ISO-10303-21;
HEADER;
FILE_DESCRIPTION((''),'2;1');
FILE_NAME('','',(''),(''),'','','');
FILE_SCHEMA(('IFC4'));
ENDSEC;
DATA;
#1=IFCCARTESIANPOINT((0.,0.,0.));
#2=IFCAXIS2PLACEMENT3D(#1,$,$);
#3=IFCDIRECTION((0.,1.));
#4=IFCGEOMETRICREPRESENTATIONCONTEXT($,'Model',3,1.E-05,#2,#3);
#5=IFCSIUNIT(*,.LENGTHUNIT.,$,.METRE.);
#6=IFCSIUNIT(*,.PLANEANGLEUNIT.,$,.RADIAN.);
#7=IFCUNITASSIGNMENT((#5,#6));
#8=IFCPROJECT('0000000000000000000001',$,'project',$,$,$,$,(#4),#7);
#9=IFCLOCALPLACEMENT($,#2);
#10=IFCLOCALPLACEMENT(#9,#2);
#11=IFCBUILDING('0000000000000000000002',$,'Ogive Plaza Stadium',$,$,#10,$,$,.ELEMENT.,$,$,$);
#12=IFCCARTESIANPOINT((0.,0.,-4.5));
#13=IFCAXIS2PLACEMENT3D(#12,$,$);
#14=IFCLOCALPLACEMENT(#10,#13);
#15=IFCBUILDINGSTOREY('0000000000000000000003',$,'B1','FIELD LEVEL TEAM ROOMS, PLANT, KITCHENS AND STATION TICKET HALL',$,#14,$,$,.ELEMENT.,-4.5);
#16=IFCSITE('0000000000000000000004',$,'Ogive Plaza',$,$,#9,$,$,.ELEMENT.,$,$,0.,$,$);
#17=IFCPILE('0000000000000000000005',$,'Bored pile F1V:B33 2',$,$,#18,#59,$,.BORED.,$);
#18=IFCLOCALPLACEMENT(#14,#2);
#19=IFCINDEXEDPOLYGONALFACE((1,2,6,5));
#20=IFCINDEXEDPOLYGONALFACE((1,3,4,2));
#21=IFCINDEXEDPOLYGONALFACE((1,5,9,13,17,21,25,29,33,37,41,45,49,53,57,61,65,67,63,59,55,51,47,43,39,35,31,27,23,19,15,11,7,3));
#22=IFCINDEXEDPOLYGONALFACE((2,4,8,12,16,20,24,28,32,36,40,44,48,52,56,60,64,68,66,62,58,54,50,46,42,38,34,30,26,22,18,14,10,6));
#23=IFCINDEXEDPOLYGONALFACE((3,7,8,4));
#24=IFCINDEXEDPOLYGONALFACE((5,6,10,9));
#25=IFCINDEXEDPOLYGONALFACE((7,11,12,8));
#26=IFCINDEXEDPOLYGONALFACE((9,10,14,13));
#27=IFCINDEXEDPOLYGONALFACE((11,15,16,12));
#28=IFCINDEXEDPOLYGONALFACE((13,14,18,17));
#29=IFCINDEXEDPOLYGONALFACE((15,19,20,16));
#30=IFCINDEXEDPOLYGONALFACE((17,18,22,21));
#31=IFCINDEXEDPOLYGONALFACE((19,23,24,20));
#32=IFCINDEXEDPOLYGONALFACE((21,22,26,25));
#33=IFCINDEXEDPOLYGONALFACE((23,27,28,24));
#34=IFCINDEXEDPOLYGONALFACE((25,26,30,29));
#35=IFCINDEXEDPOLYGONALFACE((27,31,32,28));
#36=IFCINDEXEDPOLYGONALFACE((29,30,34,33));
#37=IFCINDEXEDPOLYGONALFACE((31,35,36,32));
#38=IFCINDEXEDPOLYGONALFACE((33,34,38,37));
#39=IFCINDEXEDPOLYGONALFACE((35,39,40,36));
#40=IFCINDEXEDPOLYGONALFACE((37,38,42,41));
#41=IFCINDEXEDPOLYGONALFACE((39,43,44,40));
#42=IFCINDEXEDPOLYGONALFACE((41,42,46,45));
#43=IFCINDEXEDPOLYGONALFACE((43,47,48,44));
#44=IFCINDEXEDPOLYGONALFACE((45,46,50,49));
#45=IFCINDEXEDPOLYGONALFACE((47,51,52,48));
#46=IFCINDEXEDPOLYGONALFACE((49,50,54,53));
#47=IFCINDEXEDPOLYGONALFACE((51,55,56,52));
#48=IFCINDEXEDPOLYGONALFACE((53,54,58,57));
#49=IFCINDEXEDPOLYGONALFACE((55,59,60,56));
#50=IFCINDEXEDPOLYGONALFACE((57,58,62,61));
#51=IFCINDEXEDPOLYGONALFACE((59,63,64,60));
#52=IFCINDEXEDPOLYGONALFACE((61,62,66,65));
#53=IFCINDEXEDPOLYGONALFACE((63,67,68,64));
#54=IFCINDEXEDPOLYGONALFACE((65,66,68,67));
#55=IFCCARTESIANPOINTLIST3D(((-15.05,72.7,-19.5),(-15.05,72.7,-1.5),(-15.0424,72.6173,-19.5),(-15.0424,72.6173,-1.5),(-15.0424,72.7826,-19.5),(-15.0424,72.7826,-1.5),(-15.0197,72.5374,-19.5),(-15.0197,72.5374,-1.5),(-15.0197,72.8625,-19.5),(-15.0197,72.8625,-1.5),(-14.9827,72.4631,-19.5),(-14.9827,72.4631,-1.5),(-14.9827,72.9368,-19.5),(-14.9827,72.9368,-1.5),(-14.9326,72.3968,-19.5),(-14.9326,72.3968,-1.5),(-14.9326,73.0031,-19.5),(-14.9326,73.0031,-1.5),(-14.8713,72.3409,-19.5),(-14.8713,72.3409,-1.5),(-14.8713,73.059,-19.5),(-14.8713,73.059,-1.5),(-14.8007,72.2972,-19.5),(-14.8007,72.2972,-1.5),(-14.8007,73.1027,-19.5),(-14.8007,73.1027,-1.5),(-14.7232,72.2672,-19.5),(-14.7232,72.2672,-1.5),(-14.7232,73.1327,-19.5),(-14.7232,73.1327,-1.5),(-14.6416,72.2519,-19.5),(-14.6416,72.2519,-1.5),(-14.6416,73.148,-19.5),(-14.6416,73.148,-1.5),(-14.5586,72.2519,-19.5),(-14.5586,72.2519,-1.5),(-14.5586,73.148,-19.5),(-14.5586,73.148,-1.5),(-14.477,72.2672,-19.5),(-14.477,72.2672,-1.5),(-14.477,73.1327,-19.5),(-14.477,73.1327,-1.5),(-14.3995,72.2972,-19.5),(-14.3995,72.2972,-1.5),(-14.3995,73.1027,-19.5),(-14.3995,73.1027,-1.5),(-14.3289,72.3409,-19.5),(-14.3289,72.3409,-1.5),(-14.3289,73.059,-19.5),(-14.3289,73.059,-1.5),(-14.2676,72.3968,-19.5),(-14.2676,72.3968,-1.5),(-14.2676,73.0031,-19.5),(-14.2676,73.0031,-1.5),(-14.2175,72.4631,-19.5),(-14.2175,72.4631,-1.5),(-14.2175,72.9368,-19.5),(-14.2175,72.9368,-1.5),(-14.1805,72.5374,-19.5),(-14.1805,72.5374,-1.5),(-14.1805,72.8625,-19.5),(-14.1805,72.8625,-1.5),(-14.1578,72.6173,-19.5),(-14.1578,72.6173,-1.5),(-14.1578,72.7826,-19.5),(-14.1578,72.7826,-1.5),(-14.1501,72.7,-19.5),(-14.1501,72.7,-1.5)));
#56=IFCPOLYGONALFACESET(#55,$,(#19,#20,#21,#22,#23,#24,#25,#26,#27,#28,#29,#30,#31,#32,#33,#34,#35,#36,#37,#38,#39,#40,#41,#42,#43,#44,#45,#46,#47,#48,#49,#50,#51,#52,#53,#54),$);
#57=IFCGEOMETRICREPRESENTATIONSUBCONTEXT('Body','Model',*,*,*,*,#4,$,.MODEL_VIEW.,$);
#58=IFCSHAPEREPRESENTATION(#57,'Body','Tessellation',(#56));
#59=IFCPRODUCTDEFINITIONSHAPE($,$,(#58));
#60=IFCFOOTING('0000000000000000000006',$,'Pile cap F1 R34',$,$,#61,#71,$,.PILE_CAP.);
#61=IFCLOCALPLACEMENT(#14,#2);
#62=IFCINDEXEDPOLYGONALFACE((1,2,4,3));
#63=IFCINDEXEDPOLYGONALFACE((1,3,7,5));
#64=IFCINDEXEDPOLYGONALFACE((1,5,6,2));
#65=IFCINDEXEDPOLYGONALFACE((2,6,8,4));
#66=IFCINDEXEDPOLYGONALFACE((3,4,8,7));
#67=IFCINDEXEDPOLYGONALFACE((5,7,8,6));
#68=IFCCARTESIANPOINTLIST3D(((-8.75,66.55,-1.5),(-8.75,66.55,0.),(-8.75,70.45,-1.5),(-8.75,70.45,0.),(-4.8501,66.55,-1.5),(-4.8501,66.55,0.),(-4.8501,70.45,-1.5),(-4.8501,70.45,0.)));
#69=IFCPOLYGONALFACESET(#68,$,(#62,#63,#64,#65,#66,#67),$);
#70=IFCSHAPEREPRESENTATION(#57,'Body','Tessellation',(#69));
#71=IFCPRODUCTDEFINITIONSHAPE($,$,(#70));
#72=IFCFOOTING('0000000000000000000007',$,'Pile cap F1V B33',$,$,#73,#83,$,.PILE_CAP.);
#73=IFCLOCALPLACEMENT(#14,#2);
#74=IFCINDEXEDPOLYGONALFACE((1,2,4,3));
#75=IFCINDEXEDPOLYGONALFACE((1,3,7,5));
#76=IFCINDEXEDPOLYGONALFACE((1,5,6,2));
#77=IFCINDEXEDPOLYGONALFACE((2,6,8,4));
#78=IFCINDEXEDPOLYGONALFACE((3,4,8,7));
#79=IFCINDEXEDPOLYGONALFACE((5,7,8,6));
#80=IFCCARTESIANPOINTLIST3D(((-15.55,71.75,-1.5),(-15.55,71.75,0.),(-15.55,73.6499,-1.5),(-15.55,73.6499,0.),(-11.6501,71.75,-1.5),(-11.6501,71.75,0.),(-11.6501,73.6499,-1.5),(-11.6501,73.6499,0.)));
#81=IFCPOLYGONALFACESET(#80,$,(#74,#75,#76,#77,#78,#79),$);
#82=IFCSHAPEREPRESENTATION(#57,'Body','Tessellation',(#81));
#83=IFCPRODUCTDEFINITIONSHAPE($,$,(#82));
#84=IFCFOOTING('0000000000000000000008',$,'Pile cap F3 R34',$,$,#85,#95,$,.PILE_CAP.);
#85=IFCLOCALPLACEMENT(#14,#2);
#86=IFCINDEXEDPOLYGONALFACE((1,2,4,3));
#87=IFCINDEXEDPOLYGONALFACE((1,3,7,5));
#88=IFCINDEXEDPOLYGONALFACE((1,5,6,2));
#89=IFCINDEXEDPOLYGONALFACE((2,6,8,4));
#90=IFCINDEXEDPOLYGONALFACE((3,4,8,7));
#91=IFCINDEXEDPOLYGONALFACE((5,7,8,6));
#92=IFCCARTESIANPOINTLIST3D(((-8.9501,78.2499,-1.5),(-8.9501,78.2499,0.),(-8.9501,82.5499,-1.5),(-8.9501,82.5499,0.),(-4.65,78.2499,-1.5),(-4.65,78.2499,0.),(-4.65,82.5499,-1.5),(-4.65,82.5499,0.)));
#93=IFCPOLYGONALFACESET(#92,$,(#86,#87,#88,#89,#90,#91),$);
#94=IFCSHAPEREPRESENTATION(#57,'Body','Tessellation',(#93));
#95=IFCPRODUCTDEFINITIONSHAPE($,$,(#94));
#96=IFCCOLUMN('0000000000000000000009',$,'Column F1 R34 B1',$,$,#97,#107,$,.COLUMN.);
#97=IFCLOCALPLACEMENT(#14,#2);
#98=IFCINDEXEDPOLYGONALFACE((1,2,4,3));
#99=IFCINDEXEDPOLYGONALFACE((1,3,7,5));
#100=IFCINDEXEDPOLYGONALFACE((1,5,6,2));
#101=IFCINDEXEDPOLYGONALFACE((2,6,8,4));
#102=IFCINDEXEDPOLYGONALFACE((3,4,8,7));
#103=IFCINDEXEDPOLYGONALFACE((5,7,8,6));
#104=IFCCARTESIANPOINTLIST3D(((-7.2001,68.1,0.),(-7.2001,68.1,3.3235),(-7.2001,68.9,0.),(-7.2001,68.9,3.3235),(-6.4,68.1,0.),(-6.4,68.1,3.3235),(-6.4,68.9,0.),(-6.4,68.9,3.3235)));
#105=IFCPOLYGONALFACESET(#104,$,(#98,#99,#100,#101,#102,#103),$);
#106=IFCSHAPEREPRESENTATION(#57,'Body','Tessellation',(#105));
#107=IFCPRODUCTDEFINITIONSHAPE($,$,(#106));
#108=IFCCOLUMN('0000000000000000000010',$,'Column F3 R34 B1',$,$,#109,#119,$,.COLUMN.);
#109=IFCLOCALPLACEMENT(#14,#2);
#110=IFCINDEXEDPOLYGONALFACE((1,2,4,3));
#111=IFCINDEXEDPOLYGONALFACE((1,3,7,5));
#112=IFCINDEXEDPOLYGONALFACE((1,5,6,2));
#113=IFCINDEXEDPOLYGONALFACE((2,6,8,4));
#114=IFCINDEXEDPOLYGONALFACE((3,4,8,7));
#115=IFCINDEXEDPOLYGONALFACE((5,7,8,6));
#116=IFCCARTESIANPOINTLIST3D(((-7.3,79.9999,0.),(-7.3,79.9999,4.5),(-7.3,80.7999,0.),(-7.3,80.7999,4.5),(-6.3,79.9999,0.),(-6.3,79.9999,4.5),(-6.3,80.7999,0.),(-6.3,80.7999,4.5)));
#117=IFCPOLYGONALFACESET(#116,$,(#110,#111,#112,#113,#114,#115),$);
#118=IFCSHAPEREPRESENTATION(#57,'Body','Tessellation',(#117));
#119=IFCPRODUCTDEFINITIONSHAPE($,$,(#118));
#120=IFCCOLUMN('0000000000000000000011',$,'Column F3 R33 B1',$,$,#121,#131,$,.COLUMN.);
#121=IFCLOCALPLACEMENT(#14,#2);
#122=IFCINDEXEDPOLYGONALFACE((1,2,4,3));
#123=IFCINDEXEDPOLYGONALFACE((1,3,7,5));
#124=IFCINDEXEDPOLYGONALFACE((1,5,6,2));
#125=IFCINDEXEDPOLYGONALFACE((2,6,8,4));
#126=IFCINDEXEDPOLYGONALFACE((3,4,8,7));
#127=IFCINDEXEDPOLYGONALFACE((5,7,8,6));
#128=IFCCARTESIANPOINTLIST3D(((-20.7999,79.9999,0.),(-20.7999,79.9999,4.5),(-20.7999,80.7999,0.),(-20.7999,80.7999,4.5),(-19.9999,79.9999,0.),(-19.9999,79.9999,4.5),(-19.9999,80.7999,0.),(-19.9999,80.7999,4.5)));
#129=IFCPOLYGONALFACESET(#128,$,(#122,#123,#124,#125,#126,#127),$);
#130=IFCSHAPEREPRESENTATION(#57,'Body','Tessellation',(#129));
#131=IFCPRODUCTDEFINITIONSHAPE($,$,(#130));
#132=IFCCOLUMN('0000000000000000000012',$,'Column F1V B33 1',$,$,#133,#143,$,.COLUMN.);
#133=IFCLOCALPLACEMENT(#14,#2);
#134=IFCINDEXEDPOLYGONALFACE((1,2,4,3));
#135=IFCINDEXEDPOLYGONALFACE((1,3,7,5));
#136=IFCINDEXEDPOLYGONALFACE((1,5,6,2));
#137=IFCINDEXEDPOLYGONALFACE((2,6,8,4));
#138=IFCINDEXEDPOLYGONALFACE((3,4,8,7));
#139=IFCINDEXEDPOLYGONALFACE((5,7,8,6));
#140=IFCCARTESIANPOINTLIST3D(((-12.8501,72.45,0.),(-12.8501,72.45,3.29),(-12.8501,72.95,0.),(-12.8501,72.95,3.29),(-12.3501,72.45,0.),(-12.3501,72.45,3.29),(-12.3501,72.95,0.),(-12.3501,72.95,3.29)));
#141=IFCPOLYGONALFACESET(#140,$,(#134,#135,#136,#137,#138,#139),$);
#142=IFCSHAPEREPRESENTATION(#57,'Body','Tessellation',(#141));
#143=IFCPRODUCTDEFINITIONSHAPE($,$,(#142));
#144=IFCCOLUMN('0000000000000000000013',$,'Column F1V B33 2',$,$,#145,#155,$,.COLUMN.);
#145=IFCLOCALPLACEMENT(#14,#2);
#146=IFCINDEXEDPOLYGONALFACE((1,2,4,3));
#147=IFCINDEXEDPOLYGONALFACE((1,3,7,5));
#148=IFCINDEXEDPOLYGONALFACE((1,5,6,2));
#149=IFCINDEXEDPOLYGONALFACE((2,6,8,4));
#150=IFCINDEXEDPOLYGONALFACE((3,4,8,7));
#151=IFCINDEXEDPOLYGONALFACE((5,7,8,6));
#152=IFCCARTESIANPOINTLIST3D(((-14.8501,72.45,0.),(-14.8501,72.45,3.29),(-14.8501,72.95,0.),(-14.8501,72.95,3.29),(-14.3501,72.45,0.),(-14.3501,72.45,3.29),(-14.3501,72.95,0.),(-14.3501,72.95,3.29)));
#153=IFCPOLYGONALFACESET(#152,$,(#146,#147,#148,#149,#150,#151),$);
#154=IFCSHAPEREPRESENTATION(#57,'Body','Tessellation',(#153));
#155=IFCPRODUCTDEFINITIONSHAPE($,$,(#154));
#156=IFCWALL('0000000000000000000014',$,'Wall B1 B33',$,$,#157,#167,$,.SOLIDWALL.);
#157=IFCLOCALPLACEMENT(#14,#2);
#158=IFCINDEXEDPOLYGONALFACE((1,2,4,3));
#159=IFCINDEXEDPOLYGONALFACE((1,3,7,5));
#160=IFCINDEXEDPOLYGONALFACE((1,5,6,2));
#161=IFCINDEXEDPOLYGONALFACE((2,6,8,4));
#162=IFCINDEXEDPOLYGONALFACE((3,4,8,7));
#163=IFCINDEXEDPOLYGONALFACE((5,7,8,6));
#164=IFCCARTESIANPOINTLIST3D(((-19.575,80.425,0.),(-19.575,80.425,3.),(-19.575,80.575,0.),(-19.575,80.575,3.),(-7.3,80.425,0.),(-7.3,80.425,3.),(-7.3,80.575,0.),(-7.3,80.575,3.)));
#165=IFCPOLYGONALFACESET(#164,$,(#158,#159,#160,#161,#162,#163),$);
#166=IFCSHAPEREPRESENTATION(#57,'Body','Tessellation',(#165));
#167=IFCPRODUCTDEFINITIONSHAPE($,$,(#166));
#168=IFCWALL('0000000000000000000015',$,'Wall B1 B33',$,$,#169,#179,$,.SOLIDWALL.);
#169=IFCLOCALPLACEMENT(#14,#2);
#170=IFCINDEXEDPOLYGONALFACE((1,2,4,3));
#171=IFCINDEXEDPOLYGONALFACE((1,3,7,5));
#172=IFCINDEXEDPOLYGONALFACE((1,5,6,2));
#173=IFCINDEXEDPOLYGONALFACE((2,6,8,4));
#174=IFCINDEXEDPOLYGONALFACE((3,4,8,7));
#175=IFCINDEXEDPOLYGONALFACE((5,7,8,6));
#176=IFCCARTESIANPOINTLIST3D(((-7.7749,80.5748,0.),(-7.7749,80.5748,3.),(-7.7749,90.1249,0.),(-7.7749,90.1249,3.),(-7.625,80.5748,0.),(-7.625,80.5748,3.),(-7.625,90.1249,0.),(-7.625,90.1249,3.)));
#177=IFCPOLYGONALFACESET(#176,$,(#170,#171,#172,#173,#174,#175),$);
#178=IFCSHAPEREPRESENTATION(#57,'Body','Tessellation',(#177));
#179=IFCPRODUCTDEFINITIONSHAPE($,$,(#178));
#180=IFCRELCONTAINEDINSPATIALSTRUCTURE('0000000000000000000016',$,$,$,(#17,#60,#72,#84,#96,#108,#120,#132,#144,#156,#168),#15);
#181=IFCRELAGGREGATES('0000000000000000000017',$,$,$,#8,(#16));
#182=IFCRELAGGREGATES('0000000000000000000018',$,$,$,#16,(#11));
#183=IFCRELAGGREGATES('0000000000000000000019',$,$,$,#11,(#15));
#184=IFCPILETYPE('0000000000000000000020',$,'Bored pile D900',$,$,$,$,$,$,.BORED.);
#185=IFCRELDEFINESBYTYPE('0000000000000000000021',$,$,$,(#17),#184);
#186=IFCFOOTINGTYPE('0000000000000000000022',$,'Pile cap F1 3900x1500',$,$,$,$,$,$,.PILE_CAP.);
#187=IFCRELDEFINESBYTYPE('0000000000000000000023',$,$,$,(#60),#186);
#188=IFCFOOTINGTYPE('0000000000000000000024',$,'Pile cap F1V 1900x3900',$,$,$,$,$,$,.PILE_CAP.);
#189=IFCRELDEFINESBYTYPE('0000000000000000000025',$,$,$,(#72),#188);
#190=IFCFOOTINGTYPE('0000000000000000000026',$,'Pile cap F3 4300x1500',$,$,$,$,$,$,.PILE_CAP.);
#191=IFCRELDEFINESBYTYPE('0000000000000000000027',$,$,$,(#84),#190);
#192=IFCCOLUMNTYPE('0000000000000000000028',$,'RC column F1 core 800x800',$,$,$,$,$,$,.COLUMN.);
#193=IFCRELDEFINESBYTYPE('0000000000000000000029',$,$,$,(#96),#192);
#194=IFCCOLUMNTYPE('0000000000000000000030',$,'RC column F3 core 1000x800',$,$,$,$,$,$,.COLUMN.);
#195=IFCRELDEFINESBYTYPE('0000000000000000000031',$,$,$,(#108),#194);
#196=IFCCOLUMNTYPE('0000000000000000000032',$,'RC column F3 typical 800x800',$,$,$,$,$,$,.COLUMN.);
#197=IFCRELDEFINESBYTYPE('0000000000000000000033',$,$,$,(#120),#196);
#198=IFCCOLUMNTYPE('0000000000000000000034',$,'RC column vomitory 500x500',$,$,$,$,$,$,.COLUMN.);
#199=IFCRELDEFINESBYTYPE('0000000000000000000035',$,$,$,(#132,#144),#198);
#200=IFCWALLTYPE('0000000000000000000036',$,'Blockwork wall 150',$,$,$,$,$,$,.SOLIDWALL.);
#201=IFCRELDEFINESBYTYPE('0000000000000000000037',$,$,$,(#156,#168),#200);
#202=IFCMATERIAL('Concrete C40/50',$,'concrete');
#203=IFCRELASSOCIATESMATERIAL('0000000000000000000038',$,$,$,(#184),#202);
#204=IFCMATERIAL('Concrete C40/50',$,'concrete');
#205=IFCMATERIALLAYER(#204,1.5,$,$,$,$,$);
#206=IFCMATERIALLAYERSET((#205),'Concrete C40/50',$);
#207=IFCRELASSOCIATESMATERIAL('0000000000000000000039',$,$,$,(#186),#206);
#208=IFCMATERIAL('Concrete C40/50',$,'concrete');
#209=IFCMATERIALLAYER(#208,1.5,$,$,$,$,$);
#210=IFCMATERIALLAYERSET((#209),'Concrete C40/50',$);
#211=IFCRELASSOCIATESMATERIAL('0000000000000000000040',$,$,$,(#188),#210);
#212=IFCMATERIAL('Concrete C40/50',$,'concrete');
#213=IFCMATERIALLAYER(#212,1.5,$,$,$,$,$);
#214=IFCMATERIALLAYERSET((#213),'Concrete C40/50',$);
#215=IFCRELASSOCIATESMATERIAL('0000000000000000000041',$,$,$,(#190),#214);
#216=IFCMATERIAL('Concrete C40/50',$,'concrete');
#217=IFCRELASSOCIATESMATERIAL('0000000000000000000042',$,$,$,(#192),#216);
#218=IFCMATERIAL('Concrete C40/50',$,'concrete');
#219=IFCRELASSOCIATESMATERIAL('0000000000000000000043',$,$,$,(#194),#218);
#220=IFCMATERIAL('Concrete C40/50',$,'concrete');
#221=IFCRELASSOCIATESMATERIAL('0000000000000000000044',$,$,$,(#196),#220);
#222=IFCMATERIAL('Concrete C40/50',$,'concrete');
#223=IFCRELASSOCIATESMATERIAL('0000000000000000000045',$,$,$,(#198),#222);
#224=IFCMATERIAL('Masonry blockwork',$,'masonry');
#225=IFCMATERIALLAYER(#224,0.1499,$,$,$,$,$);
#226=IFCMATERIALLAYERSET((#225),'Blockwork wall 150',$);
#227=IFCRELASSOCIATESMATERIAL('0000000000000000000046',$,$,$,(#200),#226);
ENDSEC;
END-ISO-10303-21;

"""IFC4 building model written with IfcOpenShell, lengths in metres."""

from ifc_helpers import new_model, si_unit, direction, frame, frame_2d, origin, origin_2d, place, context, subcontext, project, spatial, rectangle, circle, extrude, material, layer, layer_set, material_profile, profile_set, type_object, element, save


model = new_model("IFC4")

# Units and contexts
model_context = context("Model", 3, precision=1e-05, world=origin(), true_north=direction((0.0, 1.0)))
body_context = subcontext(model_context, "Body", "Model", "MODEL_VIEW")
ifc_project = project(units=[si_unit("LENGTHUNIT", "METRE"), si_unit("PLANEANGLEUNIT", "RADIAN")], contexts=[model_context])

# Site, building, storey
site_placement = place(None, origin())
site = spatial("IfcSite", under=ifc_project, at=site_placement, Name="Ogive Plaza", CompositionType="ELEMENT", RefElevation=0.0)
building_placement = place(site_placement, origin())
building = spatial("IfcBuilding", under=site, at=building_placement, Name="Ogive Plaza Stadium", CompositionType="ELEMENT")
storey_placement = place(building_placement, frame((0.0, 0.0, -4.5)))
storey = spatial("IfcBuildingStorey", under=building, at=storey_placement, Name="B1", Description="FIELD LEVEL TEAM ROOMS, PLANT, KITCHENS AND STATION TICKET HALL", CompositionType="ELEMENT", Elevation=-4.5)

# Pile
ifc_material_1 = material(Name="Concrete C40/50", Category="concrete")
ifc_material_profile_1 = material_profile(ifc_material_1, circle(Radius=0.45, at=origin_2d()), Name="RC D900")
ifc_profile_set_1 = profile_set([ifc_material_profile_1], Name="Concrete C40/50")
pile_type_1 = type_object("IfcPileType", Name="Bored pile D900", PredefinedType="BORED", material=ifc_profile_set_1)
for number, where, z_axis, x_axis, name in (
    (1, (-14.6001, 72.7, -1.5), (0.0, 0.0, -1.0), (1.0, 0.0, 0.0), "Bored pile F1V:B33 2"),
):
    element("IfcPile", number, at=place(storey_placement, frame(where, z_axis=z_axis, x_axis=x_axis)), inside=storey, type_object=pile_type_1, Name=name, PredefinedType="BORED", context=body_context, shape_type="SweptSolid", body=[
        extrude(circle(Radius=0.45, at=origin_2d()), origin(), (0.0, 0.0, 1.0), 18.0),
    ])

# Footings
ifc_material_2 = material(Name="Concrete C40/50", Category="concrete")
ifc_layer_1 = layer(ifc_material_2, 1.5)
ifc_layer_set_1 = layer_set([ifc_layer_1], Name="Concrete C40/50")
footing_type_1 = type_object("IfcFootingType", Name="Pile cap F1 3900x1500", PredefinedType="PILE_CAP", material=ifc_layer_set_1)
footing_1_placement = place(storey_placement, frame((-6.8, 68.5, -1.5), z_axis=(0.0, 0.0, 1.0), x_axis=(0.0, 1.0, 0.0)))
element("IfcFooting", 2, at=footing_1_placement, inside=storey, type_object=footing_type_1, Name="Pile cap F1 R34", PredefinedType="PILE_CAP", context=body_context, shape_type="SweptSolid", body=[
    extrude(rectangle(XDim=3.8999, YDim=3.8999, at=origin_2d()), origin(), (0.0, 0.0, 1.0), 1.5),
])
ifc_material_3 = material(Name="Concrete C40/50", Category="concrete")
ifc_layer_2 = layer(ifc_material_3, 1.5)
ifc_layer_set_2 = layer_set([ifc_layer_2], Name="Concrete C40/50")
footing_type_2 = type_object("IfcFootingType", Name="Pile cap F1V 1900x3900", PredefinedType="PILE_CAP", material=ifc_layer_set_2)
footing_2_placement = place(storey_placement, frame((-13.6001, 72.7, -1.5), z_axis=(0.0, 0.0, 1.0), x_axis=(0.0, 1.0, 0.0)))
element("IfcFooting", 3, at=footing_2_placement, inside=storey, type_object=footing_type_2, Name="Pile cap F1V B33", PredefinedType="PILE_CAP", context=body_context, shape_type="SweptSolid", body=[
    extrude(rectangle(XDim=1.8999, YDim=3.8999, at=origin_2d()), origin(), (0.0, 0.0, 1.0), 1.5),
])
ifc_material_4 = material(Name="Concrete C40/50", Category="concrete")
ifc_layer_3 = layer(ifc_material_4, 1.5)
ifc_layer_set_3 = layer_set([ifc_layer_3], Name="Concrete C40/50")
footing_type_3 = type_object("IfcFootingType", Name="Pile cap F3 4300x1500", PredefinedType="PILE_CAP", material=ifc_layer_set_3)
footing_3_placement = place(storey_placement, frame((-6.8, 80.3999, -1.5), z_axis=(0.0, 0.0, 1.0), x_axis=(0.0, 1.0, 0.0)))
element("IfcFooting", 4, at=footing_3_placement, inside=storey, type_object=footing_type_3, Name="Pile cap F3 R34", PredefinedType="PILE_CAP", context=body_context, shape_type="SweptSolid", body=[
    extrude(rectangle(XDim=4.3, YDim=4.3, at=origin_2d()), origin(), (0.0, 0.0, 1.0), 1.5),
])

# Columns
ifc_material_5 = material(Name="Concrete C40/50", Category="concrete")
ifc_material_profile_2 = material_profile(ifc_material_5, rectangle(XDim=0.8, YDim=0.8, at=origin_2d()), Name="RC 800x800")
ifc_profile_set_2 = profile_set([ifc_material_profile_2], Name="Concrete C40/50")
column_type_1 = type_object("IfcColumnType", Name="RC column F1 core 800x800", PredefinedType="COLUMN", material=ifc_profile_set_2)
column_1_placement = place(storey_placement, frame((-6.8, 68.5, 0.0), z_axis=(0.0, 0.0, 1.0), x_axis=(-1.0, 0.0, 0.0)))
element("IfcColumn", 5, at=column_1_placement, inside=storey, type_object=column_type_1, Name="Column F1 R34 B1", PredefinedType="COLUMN", context=body_context, shape_type="SweptSolid", body=[
    extrude(rectangle(XDim=0.8, YDim=0.8, at=origin_2d()), origin(), (0.0, 0.0, 1.0), 3.3235),
])
ifc_material_6 = material(Name="Concrete C40/50", Category="concrete")
ifc_material_profile_3 = material_profile(ifc_material_6, rectangle(XDim=1.0, YDim=0.8, at=origin_2d()), Name="RC 1000x800")
ifc_profile_set_3 = profile_set([ifc_material_profile_3], Name="Concrete C40/50")
column_type_2 = type_object("IfcColumnType", Name="RC column F3 core 1000x800", PredefinedType="COLUMN", material=ifc_profile_set_3)
column_2_placement = place(storey_placement, frame((-6.8, 80.3999, 0.0), z_axis=(0.0, 0.0, 1.0), x_axis=(-1.0, 0.0, 0.0)))
element("IfcColumn", 6, at=column_2_placement, inside=storey, type_object=column_type_2, Name="Column F3 R34 B1", PredefinedType="COLUMN", context=body_context, shape_type="SweptSolid", body=[
    extrude(rectangle(XDim=1.0, YDim=0.8, at=origin_2d()), origin(), (0.0, 0.0, 1.0), 4.5),
])
ifc_material_7 = material(Name="Concrete C40/50", Category="concrete")
ifc_material_profile_4 = material_profile(ifc_material_7, rectangle(XDim=0.8, YDim=0.8, at=origin_2d()), Name="RC 800x800")
ifc_profile_set_4 = profile_set([ifc_material_profile_4], Name="Concrete C40/50")
column_type_3 = type_object("IfcColumnType", Name="RC column F3 typical 800x800", PredefinedType="COLUMN", material=ifc_profile_set_4)
column_3_placement = place(storey_placement, frame((-20.3999, 80.3999, 0.0), z_axis=(0.0, 0.0, 1.0), x_axis=(-1.0, 0.0, 0.0)))
element("IfcColumn", 7, at=column_3_placement, inside=storey, type_object=column_type_3, Name="Column F3 R33 B1", PredefinedType="COLUMN", context=body_context, shape_type="SweptSolid", body=[
    extrude(rectangle(XDim=0.8, YDim=0.8, at=origin_2d()), origin(), (0.0, 0.0, 1.0), 4.5),
])
ifc_material_8 = material(Name="Concrete C40/50", Category="concrete")
ifc_material_profile_5 = material_profile(ifc_material_8, rectangle(XDim=0.5, YDim=0.5, at=origin_2d()), Name="RC 500x500")
ifc_profile_set_5 = profile_set([ifc_material_profile_5], Name="Concrete C40/50")
column_type_4 = type_object("IfcColumnType", Name="RC column vomitory 500x500", PredefinedType="COLUMN", material=ifc_profile_set_5)
for number, where, z_axis, x_axis, name in (
    (8, (-12.6001, 72.7, 0.0), (0.0, 0.0, 1.0), (-1.0, 0.0, 0.0), "Column F1V B33 1"),
    (9, (-14.6001, 72.7, 0.0), (0.0, 0.0, 1.0), (-1.0, 0.0, 0.0), "Column F1V B33 2"),
):
    element("IfcColumn", number, at=place(storey_placement, frame(where, z_axis=z_axis, x_axis=x_axis)), inside=storey, type_object=column_type_4, Name=name, PredefinedType="COLUMN", context=body_context, shape_type="SweptSolid", body=[
        extrude(rectangle(XDim=0.5, YDim=0.5, at=origin_2d()), origin(), (0.0, 0.0, 1.0), 3.29),
    ])

# Walls
ifc_material_9 = material(Name="Masonry blockwork", Category="masonry")
ifc_layer_4 = layer(ifc_material_9, 0.1499)
ifc_layer_set_4 = layer_set([ifc_layer_4], Name="Blockwork wall 150")
wall_type_1 = type_object("IfcWallType", Name="Blockwork wall 150", PredefinedType="SOLIDWALL", material=ifc_layer_set_4)
wall_1_placement = place(storey_placement, frame((-7.3, 80.5, 0.0), z_axis=(0.0, 0.0, 1.0), x_axis=(-1.0, 0.0, 0.0)))
element("IfcWall", 10, at=wall_1_placement, inside=storey, type_object=wall_type_1, Name="Wall B1 B33", PredefinedType="SOLIDWALL", context=body_context, shape_type="SweptSolid", body=[
    extrude(rectangle(XDim=12.2749, YDim=0.1499, at=frame_2d((6.1375, 0.0))), origin(), (0.0, 0.0, 1.0), 3.0),
])
for number, where, z_axis, x_axis, name in (
    (11, (-7.7, 80.575, 0.0), (0.0, 0.0, 1.0), (0.0, 1.0, 0.0), "Wall B1 B33"),
):
    element("IfcWall", number, at=place(storey_placement, frame(where, z_axis=z_axis, x_axis=x_axis)), inside=storey, type_object=wall_type_1, Name=name, PredefinedType="SOLIDWALL", context=body_context, shape_type="SweptSolid", body=[
        extrude(rectangle(XDim=9.55, YDim=0.1499, at=frame_2d((4.7749, 0.0))), origin(), (0.0, 0.0, 1.0), 3.0),
    ])

save(model, "model.ifc")
